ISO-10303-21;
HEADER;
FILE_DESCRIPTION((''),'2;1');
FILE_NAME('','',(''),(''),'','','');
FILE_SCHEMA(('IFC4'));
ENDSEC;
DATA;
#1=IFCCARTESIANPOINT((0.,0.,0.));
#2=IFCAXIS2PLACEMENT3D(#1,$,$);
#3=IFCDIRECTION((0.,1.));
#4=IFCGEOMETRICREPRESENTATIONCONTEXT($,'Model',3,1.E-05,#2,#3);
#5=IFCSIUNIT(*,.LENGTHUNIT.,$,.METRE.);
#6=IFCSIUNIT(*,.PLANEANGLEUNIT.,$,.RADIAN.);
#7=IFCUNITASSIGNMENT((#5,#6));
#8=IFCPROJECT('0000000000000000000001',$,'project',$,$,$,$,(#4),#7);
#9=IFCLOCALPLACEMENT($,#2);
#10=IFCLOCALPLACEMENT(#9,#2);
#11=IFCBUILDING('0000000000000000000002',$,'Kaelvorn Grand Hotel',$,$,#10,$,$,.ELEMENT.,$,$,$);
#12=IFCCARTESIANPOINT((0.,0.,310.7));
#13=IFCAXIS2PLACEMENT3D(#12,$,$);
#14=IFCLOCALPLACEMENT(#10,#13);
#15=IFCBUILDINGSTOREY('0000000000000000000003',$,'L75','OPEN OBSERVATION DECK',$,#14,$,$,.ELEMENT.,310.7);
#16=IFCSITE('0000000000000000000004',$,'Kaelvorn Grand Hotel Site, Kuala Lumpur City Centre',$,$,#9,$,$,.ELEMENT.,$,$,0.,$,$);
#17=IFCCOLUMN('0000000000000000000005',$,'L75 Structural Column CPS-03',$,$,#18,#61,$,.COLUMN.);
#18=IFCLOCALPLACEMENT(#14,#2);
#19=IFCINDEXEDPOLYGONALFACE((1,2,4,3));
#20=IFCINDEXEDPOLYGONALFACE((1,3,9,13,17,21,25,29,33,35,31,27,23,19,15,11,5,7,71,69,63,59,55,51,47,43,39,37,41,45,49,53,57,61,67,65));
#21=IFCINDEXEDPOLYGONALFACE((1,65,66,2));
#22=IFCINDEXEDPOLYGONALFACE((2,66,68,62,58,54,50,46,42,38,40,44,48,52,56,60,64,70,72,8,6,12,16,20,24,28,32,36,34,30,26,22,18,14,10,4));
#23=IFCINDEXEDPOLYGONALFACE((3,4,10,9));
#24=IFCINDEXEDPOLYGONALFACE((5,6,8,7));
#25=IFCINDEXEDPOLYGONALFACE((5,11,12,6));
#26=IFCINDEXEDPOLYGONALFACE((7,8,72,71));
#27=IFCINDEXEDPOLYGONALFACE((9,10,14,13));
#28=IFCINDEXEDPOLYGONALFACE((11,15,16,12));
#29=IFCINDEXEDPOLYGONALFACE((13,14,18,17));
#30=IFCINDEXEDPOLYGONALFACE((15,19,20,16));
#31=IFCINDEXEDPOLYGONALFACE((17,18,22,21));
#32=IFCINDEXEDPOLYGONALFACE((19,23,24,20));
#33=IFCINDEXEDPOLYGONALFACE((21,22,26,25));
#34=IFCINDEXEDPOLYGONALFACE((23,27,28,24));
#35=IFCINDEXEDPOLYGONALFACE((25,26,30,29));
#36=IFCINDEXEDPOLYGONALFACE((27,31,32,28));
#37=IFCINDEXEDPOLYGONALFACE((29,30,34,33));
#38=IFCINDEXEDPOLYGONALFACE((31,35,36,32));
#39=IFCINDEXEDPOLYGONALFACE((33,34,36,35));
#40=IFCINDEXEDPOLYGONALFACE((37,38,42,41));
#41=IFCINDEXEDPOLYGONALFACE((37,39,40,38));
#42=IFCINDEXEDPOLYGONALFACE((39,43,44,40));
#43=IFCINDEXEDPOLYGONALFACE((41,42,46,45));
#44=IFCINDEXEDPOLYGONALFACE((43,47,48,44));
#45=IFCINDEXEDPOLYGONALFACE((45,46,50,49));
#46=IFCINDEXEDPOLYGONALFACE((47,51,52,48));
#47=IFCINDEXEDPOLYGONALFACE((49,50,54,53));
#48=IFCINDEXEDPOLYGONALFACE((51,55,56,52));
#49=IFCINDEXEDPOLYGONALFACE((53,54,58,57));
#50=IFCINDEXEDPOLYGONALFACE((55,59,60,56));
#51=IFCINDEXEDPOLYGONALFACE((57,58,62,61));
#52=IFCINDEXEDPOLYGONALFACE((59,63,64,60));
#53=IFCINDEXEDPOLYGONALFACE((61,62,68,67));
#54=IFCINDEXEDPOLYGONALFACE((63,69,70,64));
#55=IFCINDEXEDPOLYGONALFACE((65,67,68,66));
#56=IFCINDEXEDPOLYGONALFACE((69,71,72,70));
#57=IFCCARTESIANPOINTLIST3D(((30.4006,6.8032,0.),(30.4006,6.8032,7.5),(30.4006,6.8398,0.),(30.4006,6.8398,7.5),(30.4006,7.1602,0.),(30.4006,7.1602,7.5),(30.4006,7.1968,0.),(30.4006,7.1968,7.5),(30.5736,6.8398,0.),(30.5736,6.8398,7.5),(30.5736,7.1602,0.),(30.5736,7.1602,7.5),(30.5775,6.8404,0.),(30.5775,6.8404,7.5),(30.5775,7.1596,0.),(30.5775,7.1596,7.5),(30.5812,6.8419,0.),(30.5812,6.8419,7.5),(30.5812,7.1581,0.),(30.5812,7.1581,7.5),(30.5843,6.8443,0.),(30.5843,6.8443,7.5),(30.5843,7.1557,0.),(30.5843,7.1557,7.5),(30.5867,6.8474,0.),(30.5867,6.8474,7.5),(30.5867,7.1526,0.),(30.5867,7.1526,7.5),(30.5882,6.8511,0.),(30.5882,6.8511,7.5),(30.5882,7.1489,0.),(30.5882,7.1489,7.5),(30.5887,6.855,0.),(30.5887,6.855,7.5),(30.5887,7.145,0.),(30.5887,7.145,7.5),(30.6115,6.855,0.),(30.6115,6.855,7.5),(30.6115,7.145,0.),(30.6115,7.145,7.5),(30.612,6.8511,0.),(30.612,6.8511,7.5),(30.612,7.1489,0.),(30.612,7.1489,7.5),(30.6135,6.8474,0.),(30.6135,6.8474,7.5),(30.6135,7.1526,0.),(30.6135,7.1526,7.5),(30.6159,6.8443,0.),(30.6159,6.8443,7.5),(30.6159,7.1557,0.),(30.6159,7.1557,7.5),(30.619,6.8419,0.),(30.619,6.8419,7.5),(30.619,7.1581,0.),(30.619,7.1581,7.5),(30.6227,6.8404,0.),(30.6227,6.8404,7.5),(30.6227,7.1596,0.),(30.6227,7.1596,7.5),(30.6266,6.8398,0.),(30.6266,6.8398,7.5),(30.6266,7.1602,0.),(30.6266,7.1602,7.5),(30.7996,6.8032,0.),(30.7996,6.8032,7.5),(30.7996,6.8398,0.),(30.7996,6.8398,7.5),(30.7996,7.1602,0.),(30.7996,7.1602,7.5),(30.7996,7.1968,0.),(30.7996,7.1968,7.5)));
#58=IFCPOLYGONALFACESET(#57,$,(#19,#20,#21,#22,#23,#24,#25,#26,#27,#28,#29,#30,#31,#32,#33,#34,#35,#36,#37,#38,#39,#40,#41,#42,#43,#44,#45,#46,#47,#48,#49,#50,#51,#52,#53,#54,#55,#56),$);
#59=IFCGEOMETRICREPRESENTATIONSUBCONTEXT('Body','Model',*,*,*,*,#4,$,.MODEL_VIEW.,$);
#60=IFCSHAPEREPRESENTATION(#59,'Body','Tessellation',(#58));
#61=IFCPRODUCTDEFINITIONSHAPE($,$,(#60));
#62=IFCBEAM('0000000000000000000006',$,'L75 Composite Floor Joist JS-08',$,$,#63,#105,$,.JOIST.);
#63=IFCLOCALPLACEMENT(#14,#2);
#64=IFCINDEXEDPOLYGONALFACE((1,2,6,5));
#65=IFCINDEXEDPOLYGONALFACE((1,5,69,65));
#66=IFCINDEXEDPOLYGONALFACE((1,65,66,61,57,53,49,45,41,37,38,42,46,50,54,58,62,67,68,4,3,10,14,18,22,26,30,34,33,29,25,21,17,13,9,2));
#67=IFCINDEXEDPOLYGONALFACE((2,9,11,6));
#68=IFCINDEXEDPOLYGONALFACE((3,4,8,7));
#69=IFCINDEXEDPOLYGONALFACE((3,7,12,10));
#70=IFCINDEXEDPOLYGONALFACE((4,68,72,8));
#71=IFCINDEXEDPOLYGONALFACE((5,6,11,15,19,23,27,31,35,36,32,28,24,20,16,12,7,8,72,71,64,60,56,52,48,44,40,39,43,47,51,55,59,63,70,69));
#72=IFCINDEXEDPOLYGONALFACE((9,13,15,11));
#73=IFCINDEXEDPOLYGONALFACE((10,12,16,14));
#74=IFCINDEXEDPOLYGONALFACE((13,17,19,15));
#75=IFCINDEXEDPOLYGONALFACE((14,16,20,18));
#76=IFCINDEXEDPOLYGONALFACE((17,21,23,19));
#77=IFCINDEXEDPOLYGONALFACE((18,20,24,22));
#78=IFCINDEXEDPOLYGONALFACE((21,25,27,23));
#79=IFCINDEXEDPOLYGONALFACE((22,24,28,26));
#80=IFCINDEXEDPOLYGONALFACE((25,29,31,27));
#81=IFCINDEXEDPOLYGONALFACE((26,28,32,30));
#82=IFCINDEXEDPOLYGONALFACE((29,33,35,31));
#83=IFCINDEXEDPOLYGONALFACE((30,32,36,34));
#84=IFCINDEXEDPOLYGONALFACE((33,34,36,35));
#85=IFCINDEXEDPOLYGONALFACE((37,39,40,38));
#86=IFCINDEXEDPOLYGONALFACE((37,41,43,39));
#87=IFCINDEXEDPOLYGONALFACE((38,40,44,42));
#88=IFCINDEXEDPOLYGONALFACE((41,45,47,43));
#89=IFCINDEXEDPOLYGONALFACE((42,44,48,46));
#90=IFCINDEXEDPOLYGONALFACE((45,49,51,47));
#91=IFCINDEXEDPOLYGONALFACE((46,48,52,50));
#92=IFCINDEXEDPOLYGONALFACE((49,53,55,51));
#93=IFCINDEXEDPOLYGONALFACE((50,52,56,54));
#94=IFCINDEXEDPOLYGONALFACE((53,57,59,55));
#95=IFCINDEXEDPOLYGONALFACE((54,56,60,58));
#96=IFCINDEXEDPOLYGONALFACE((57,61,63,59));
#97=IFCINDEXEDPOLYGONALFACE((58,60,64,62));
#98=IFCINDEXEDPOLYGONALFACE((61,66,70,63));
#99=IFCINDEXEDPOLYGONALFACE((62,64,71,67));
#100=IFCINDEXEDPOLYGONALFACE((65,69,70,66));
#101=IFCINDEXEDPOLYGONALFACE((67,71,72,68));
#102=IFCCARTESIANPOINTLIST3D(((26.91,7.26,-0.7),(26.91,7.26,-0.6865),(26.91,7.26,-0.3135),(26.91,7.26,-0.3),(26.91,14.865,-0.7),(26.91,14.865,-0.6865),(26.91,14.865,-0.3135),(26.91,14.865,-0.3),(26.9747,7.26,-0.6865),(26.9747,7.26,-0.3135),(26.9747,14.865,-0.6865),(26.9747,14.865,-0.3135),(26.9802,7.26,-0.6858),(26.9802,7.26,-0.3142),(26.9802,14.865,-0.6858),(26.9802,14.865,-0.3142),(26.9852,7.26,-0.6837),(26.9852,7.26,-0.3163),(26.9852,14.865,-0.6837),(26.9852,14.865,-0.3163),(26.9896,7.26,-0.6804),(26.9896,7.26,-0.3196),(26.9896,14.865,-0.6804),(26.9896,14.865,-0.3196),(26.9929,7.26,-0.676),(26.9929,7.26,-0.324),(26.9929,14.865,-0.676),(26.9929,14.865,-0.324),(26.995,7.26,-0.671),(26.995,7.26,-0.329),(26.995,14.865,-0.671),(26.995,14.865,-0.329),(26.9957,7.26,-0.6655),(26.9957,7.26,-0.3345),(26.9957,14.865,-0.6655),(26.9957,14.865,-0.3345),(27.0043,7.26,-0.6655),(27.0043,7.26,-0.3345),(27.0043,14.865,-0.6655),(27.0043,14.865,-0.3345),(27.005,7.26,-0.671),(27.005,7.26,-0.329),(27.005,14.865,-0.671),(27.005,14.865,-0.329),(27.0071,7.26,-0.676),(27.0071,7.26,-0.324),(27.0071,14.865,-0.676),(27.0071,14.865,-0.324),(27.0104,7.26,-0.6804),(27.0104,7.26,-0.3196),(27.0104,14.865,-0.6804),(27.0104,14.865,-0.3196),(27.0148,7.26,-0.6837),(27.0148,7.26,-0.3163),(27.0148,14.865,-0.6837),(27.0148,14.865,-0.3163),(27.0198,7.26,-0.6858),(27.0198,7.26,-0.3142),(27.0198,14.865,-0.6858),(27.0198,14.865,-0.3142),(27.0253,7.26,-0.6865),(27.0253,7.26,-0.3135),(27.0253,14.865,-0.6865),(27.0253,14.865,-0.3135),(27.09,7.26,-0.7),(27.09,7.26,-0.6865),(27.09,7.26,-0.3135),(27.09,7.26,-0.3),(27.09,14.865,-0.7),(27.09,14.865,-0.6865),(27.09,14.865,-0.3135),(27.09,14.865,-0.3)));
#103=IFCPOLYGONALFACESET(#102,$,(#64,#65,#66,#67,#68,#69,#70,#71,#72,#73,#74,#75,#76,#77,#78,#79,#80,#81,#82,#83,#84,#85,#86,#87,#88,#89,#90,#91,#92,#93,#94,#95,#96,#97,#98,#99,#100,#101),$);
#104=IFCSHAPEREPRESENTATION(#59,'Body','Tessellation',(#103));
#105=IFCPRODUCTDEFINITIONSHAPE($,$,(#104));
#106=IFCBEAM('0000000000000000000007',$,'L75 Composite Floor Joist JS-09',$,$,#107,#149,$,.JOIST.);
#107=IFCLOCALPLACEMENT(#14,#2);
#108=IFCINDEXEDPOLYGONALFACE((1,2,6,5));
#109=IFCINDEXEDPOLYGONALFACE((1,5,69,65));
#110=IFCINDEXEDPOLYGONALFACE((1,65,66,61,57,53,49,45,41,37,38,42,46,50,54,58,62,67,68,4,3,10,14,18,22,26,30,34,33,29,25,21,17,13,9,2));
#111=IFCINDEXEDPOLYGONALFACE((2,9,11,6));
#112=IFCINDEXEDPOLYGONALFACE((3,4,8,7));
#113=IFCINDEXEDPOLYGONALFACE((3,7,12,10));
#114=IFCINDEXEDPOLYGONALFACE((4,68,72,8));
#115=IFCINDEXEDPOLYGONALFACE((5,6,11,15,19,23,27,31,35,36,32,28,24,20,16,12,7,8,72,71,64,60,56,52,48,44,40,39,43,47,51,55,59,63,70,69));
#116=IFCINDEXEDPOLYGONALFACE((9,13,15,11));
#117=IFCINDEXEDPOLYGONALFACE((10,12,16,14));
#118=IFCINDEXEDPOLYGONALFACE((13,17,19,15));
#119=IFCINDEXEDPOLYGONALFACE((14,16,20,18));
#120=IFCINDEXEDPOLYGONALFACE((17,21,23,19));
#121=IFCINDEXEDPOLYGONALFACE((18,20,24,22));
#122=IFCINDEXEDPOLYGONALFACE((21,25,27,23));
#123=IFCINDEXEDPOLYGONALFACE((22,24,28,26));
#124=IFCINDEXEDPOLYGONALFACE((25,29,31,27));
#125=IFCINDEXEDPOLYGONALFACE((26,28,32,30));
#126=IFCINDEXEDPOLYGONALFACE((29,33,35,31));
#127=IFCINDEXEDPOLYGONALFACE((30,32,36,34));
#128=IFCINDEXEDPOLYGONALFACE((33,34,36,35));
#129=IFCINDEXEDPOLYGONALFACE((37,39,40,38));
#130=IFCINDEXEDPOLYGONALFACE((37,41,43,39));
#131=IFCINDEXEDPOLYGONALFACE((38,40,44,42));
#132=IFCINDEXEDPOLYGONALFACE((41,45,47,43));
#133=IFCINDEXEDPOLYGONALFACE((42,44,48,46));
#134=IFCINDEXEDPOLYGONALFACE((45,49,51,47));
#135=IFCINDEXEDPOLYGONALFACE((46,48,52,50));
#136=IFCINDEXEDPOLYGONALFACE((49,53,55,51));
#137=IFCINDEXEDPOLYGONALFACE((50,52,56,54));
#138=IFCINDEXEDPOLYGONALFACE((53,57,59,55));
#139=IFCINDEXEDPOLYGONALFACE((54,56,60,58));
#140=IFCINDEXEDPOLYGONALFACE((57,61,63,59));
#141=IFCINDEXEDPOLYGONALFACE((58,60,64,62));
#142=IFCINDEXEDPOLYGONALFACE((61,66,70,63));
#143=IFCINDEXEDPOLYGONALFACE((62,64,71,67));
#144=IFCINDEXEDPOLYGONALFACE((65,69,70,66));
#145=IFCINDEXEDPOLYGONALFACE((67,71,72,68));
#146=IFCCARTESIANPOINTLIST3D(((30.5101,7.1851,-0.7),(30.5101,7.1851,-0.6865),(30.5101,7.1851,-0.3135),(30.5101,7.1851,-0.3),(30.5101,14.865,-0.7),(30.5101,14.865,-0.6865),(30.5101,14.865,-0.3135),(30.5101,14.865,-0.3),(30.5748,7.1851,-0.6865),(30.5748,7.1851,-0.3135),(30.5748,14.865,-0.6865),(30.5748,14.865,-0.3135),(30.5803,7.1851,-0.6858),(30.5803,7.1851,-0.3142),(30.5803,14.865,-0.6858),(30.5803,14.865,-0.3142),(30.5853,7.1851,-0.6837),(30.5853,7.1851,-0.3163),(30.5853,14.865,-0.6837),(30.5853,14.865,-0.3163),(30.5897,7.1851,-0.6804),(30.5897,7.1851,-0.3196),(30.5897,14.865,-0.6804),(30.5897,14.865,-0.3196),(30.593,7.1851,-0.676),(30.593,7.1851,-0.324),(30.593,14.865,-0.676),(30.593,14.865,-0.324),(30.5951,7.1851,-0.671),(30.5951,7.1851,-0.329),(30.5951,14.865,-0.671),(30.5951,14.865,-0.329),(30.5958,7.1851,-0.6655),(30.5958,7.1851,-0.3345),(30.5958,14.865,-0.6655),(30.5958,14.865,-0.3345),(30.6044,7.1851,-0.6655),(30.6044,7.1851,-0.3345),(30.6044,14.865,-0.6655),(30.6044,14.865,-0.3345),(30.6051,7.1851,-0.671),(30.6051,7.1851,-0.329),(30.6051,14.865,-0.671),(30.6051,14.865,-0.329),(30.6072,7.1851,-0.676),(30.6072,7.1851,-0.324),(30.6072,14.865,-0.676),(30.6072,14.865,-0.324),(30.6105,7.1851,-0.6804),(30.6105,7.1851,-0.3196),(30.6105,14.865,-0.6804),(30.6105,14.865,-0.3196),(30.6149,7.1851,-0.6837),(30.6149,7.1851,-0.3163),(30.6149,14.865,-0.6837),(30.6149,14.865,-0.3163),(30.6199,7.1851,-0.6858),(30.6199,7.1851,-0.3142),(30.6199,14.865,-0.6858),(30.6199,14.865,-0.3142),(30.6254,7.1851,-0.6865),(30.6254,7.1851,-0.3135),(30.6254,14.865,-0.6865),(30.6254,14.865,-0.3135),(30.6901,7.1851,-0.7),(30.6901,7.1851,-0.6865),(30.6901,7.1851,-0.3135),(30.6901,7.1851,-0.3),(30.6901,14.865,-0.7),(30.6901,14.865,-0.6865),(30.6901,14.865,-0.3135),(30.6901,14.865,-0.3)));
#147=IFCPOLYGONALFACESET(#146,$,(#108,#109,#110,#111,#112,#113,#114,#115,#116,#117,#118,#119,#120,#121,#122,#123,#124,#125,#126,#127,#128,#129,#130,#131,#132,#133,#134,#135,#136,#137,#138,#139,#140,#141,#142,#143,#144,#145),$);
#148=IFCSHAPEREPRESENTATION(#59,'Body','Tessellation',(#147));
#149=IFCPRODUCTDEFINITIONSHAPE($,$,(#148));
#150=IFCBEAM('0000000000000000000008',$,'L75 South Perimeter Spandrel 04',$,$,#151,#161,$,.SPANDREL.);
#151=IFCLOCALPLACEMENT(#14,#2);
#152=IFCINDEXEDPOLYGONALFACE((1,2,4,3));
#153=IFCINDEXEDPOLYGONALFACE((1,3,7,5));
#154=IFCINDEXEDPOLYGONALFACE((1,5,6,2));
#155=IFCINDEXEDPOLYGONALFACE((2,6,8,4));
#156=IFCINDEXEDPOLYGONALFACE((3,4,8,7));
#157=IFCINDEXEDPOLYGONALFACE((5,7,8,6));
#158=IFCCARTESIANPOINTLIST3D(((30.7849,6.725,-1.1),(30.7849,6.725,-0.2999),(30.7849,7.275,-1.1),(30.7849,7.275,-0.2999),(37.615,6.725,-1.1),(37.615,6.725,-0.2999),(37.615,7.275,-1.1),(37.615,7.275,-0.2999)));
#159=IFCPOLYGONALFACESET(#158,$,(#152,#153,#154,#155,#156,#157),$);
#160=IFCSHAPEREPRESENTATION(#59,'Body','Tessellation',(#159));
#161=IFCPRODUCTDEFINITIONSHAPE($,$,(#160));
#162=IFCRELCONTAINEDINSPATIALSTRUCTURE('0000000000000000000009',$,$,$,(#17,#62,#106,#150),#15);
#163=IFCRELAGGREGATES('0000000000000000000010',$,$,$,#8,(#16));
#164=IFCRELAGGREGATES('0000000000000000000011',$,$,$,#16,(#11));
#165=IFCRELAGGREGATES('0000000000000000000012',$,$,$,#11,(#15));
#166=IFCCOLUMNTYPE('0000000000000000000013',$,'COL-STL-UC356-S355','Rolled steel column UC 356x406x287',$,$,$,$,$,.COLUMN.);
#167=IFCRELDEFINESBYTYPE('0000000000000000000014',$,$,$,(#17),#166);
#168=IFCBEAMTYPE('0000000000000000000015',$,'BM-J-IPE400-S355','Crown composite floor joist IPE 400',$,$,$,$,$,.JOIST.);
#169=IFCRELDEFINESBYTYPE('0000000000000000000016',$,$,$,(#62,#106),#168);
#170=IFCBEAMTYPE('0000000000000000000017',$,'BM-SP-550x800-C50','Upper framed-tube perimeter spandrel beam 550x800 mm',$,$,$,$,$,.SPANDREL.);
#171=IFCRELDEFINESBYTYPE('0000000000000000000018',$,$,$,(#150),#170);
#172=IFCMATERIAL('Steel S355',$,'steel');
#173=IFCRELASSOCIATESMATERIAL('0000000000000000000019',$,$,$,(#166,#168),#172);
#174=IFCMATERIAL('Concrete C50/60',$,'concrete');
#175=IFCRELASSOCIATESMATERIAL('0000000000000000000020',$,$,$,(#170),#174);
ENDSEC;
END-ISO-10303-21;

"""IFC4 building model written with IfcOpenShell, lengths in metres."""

from ifc_helpers import new_model, si_unit, direction, frame, origin, origin_2d, place, context, subcontext, project, spatial, rectangle, i_section, extrude, material, material_profile, profile_set, type_object, element, save


model = new_model("IFC4")

# Units and contexts
model_context = context("Model", 3, precision=1e-05, world=origin(), true_north=direction((0.0, 1.0)))
body_context = subcontext(model_context, "Body", "Model", "MODEL_VIEW")
ifc_project = project(units=[si_unit("LENGTHUNIT", "METRE"), si_unit("PLANEANGLEUNIT", "RADIAN")], contexts=[model_context])

# Site, building, storey
site_placement = place(None, origin())
site = spatial("IfcSite", under=ifc_project, at=site_placement, Name="Kaelvorn Grand Hotel Site, Kuala Lumpur City Centre", CompositionType="ELEMENT", RefElevation=0.0)
building_placement = place(site_placement, origin())
building = spatial("IfcBuilding", under=site, at=building_placement, Name="Kaelvorn Grand Hotel", CompositionType="ELEMENT")
storey_placement = place(building_placement, frame((0.0, 0.0, 310.7)))
storey = spatial("IfcBuildingStorey", under=building, at=storey_placement, Name="L75", Description="OPEN OBSERVATION DECK", CompositionType="ELEMENT", Elevation=310.7)

# Column
ifc_material_1 = material(Name="Steel S355", Category="steel")
ifc_material_profile_1 = material_profile(ifc_material_1, i_section(OverallWidth=0.3989, OverallDepth=0.3936, WebThickness=0.0227, FlangeThickness=0.0366, FilletRadius=0.0151, at=origin_2d()), Name="UC 356x406x287")
ifc_profile_set_1 = profile_set([ifc_material_profile_1], Name="Steel S355")
column_type = type_object("IfcColumnType", Name="COL-STL-UC356-S355", Description="Rolled steel column UC 356x406x287", PredefinedType="COLUMN", material=ifc_profile_set_1)
column_placement = place(storey_placement, frame((30.6001, 7.0, 0.0), z_axis=(0.0, 0.0, 1.0), x_axis=(1.0, 0.0, 0.0)))
element("IfcColumn", 1, at=column_placement, inside=storey, type_object=column_type, Name="L75 Structural Column CPS-03", PredefinedType="COLUMN", context=body_context, shape_type="SweptSolid", body=[
    extrude(i_section(OverallWidth=0.3989, OverallDepth=0.3936, WebThickness=0.0227, FlangeThickness=0.0366, FilletRadius=0.0151, at=origin_2d()), origin(), (0.0, 0.0, 1.0), 7.5),
])

# Beams
ifc_material_profile_2 = material_profile(ifc_material_1, i_section(OverallWidth=0.1799, OverallDepth=0.3999, WebThickness=0.0085, FlangeThickness=0.0134, FilletRadius=0.021, at=origin_2d()), Name="IPE 400")
ifc_profile_set_2 = profile_set([ifc_material_profile_2], Name="Steel S355")
beam_type_1 = type_object("IfcBeamType", Name="BM-J-IPE400-S355", Description="Crown composite floor joist IPE 400", PredefinedType="JOIST", material=ifc_profile_set_2)
beam_1_placement = place(storey_placement, frame((27.0, 7.26, -0.5), z_axis=(0.0, 1.0, 0.0), x_axis=(-1.0, 0.0, 0.0)))
element("IfcBeam", 2, at=beam_1_placement, inside=storey, type_object=beam_type_1, Name="L75 Composite Floor Joist JS-08", PredefinedType="JOIST", context=body_context, shape_type="SweptSolid", body=[
    extrude(i_section(OverallWidth=0.1799, OverallDepth=0.3999, WebThickness=0.0085, FlangeThickness=0.0134, FilletRadius=0.021, at=origin_2d()), origin(), (0.0, 0.0, 1.0), 7.605),
])
beam_2_placement = place(storey_placement, frame((30.6001, 7.1851, -0.5), z_axis=(0.0, 1.0, 0.0), x_axis=(-1.0, 0.0, 0.0)))
element("IfcBeam", 3, at=beam_2_placement, inside=storey, type_object=beam_type_1, Name="L75 Composite Floor Joist JS-09", PredefinedType="JOIST", context=body_context, shape_type="SweptSolid", body=[
    extrude(i_section(OverallWidth=0.1799, OverallDepth=0.3999, WebThickness=0.0085, FlangeThickness=0.0134, FilletRadius=0.021, at=origin_2d()), origin(), (0.0, 0.0, 1.0), 7.6799),
])
ifc_material_2 = material(Name="Concrete C50/60", Category="concrete")
ifc_material_profile_3 = material_profile(ifc_material_2, rectangle(XDim=0.55, YDim=0.8, at=origin_2d()), Name="RC SPANDREL 550x800")
ifc_profile_set_3 = profile_set([ifc_material_profile_3], Name="Concrete C50/60")
beam_type_2 = type_object("IfcBeamType", Name="BM-SP-550x800-C50", Description="Upper framed-tube perimeter spandrel beam 550x800 mm", PredefinedType="SPANDREL", material=ifc_profile_set_3)
beam_3_placement = place(storey_placement, frame((30.7849, 7.0, -0.7), z_axis=(1.0, 0.0, 0.0), x_axis=(0.0, 1.0, 0.0)))
element("IfcBeam", 4, at=beam_3_placement, inside=storey, type_object=beam_type_2, Name="L75 South Perimeter Spandrel 04", PredefinedType="SPANDREL", context=body_context, shape_type="SweptSolid", body=[
    extrude(rectangle(XDim=0.55, YDim=0.8, at=origin_2d()), origin(), (0.0, 0.0, 1.0), 6.8301),
])

save(model, "model.ifc")
